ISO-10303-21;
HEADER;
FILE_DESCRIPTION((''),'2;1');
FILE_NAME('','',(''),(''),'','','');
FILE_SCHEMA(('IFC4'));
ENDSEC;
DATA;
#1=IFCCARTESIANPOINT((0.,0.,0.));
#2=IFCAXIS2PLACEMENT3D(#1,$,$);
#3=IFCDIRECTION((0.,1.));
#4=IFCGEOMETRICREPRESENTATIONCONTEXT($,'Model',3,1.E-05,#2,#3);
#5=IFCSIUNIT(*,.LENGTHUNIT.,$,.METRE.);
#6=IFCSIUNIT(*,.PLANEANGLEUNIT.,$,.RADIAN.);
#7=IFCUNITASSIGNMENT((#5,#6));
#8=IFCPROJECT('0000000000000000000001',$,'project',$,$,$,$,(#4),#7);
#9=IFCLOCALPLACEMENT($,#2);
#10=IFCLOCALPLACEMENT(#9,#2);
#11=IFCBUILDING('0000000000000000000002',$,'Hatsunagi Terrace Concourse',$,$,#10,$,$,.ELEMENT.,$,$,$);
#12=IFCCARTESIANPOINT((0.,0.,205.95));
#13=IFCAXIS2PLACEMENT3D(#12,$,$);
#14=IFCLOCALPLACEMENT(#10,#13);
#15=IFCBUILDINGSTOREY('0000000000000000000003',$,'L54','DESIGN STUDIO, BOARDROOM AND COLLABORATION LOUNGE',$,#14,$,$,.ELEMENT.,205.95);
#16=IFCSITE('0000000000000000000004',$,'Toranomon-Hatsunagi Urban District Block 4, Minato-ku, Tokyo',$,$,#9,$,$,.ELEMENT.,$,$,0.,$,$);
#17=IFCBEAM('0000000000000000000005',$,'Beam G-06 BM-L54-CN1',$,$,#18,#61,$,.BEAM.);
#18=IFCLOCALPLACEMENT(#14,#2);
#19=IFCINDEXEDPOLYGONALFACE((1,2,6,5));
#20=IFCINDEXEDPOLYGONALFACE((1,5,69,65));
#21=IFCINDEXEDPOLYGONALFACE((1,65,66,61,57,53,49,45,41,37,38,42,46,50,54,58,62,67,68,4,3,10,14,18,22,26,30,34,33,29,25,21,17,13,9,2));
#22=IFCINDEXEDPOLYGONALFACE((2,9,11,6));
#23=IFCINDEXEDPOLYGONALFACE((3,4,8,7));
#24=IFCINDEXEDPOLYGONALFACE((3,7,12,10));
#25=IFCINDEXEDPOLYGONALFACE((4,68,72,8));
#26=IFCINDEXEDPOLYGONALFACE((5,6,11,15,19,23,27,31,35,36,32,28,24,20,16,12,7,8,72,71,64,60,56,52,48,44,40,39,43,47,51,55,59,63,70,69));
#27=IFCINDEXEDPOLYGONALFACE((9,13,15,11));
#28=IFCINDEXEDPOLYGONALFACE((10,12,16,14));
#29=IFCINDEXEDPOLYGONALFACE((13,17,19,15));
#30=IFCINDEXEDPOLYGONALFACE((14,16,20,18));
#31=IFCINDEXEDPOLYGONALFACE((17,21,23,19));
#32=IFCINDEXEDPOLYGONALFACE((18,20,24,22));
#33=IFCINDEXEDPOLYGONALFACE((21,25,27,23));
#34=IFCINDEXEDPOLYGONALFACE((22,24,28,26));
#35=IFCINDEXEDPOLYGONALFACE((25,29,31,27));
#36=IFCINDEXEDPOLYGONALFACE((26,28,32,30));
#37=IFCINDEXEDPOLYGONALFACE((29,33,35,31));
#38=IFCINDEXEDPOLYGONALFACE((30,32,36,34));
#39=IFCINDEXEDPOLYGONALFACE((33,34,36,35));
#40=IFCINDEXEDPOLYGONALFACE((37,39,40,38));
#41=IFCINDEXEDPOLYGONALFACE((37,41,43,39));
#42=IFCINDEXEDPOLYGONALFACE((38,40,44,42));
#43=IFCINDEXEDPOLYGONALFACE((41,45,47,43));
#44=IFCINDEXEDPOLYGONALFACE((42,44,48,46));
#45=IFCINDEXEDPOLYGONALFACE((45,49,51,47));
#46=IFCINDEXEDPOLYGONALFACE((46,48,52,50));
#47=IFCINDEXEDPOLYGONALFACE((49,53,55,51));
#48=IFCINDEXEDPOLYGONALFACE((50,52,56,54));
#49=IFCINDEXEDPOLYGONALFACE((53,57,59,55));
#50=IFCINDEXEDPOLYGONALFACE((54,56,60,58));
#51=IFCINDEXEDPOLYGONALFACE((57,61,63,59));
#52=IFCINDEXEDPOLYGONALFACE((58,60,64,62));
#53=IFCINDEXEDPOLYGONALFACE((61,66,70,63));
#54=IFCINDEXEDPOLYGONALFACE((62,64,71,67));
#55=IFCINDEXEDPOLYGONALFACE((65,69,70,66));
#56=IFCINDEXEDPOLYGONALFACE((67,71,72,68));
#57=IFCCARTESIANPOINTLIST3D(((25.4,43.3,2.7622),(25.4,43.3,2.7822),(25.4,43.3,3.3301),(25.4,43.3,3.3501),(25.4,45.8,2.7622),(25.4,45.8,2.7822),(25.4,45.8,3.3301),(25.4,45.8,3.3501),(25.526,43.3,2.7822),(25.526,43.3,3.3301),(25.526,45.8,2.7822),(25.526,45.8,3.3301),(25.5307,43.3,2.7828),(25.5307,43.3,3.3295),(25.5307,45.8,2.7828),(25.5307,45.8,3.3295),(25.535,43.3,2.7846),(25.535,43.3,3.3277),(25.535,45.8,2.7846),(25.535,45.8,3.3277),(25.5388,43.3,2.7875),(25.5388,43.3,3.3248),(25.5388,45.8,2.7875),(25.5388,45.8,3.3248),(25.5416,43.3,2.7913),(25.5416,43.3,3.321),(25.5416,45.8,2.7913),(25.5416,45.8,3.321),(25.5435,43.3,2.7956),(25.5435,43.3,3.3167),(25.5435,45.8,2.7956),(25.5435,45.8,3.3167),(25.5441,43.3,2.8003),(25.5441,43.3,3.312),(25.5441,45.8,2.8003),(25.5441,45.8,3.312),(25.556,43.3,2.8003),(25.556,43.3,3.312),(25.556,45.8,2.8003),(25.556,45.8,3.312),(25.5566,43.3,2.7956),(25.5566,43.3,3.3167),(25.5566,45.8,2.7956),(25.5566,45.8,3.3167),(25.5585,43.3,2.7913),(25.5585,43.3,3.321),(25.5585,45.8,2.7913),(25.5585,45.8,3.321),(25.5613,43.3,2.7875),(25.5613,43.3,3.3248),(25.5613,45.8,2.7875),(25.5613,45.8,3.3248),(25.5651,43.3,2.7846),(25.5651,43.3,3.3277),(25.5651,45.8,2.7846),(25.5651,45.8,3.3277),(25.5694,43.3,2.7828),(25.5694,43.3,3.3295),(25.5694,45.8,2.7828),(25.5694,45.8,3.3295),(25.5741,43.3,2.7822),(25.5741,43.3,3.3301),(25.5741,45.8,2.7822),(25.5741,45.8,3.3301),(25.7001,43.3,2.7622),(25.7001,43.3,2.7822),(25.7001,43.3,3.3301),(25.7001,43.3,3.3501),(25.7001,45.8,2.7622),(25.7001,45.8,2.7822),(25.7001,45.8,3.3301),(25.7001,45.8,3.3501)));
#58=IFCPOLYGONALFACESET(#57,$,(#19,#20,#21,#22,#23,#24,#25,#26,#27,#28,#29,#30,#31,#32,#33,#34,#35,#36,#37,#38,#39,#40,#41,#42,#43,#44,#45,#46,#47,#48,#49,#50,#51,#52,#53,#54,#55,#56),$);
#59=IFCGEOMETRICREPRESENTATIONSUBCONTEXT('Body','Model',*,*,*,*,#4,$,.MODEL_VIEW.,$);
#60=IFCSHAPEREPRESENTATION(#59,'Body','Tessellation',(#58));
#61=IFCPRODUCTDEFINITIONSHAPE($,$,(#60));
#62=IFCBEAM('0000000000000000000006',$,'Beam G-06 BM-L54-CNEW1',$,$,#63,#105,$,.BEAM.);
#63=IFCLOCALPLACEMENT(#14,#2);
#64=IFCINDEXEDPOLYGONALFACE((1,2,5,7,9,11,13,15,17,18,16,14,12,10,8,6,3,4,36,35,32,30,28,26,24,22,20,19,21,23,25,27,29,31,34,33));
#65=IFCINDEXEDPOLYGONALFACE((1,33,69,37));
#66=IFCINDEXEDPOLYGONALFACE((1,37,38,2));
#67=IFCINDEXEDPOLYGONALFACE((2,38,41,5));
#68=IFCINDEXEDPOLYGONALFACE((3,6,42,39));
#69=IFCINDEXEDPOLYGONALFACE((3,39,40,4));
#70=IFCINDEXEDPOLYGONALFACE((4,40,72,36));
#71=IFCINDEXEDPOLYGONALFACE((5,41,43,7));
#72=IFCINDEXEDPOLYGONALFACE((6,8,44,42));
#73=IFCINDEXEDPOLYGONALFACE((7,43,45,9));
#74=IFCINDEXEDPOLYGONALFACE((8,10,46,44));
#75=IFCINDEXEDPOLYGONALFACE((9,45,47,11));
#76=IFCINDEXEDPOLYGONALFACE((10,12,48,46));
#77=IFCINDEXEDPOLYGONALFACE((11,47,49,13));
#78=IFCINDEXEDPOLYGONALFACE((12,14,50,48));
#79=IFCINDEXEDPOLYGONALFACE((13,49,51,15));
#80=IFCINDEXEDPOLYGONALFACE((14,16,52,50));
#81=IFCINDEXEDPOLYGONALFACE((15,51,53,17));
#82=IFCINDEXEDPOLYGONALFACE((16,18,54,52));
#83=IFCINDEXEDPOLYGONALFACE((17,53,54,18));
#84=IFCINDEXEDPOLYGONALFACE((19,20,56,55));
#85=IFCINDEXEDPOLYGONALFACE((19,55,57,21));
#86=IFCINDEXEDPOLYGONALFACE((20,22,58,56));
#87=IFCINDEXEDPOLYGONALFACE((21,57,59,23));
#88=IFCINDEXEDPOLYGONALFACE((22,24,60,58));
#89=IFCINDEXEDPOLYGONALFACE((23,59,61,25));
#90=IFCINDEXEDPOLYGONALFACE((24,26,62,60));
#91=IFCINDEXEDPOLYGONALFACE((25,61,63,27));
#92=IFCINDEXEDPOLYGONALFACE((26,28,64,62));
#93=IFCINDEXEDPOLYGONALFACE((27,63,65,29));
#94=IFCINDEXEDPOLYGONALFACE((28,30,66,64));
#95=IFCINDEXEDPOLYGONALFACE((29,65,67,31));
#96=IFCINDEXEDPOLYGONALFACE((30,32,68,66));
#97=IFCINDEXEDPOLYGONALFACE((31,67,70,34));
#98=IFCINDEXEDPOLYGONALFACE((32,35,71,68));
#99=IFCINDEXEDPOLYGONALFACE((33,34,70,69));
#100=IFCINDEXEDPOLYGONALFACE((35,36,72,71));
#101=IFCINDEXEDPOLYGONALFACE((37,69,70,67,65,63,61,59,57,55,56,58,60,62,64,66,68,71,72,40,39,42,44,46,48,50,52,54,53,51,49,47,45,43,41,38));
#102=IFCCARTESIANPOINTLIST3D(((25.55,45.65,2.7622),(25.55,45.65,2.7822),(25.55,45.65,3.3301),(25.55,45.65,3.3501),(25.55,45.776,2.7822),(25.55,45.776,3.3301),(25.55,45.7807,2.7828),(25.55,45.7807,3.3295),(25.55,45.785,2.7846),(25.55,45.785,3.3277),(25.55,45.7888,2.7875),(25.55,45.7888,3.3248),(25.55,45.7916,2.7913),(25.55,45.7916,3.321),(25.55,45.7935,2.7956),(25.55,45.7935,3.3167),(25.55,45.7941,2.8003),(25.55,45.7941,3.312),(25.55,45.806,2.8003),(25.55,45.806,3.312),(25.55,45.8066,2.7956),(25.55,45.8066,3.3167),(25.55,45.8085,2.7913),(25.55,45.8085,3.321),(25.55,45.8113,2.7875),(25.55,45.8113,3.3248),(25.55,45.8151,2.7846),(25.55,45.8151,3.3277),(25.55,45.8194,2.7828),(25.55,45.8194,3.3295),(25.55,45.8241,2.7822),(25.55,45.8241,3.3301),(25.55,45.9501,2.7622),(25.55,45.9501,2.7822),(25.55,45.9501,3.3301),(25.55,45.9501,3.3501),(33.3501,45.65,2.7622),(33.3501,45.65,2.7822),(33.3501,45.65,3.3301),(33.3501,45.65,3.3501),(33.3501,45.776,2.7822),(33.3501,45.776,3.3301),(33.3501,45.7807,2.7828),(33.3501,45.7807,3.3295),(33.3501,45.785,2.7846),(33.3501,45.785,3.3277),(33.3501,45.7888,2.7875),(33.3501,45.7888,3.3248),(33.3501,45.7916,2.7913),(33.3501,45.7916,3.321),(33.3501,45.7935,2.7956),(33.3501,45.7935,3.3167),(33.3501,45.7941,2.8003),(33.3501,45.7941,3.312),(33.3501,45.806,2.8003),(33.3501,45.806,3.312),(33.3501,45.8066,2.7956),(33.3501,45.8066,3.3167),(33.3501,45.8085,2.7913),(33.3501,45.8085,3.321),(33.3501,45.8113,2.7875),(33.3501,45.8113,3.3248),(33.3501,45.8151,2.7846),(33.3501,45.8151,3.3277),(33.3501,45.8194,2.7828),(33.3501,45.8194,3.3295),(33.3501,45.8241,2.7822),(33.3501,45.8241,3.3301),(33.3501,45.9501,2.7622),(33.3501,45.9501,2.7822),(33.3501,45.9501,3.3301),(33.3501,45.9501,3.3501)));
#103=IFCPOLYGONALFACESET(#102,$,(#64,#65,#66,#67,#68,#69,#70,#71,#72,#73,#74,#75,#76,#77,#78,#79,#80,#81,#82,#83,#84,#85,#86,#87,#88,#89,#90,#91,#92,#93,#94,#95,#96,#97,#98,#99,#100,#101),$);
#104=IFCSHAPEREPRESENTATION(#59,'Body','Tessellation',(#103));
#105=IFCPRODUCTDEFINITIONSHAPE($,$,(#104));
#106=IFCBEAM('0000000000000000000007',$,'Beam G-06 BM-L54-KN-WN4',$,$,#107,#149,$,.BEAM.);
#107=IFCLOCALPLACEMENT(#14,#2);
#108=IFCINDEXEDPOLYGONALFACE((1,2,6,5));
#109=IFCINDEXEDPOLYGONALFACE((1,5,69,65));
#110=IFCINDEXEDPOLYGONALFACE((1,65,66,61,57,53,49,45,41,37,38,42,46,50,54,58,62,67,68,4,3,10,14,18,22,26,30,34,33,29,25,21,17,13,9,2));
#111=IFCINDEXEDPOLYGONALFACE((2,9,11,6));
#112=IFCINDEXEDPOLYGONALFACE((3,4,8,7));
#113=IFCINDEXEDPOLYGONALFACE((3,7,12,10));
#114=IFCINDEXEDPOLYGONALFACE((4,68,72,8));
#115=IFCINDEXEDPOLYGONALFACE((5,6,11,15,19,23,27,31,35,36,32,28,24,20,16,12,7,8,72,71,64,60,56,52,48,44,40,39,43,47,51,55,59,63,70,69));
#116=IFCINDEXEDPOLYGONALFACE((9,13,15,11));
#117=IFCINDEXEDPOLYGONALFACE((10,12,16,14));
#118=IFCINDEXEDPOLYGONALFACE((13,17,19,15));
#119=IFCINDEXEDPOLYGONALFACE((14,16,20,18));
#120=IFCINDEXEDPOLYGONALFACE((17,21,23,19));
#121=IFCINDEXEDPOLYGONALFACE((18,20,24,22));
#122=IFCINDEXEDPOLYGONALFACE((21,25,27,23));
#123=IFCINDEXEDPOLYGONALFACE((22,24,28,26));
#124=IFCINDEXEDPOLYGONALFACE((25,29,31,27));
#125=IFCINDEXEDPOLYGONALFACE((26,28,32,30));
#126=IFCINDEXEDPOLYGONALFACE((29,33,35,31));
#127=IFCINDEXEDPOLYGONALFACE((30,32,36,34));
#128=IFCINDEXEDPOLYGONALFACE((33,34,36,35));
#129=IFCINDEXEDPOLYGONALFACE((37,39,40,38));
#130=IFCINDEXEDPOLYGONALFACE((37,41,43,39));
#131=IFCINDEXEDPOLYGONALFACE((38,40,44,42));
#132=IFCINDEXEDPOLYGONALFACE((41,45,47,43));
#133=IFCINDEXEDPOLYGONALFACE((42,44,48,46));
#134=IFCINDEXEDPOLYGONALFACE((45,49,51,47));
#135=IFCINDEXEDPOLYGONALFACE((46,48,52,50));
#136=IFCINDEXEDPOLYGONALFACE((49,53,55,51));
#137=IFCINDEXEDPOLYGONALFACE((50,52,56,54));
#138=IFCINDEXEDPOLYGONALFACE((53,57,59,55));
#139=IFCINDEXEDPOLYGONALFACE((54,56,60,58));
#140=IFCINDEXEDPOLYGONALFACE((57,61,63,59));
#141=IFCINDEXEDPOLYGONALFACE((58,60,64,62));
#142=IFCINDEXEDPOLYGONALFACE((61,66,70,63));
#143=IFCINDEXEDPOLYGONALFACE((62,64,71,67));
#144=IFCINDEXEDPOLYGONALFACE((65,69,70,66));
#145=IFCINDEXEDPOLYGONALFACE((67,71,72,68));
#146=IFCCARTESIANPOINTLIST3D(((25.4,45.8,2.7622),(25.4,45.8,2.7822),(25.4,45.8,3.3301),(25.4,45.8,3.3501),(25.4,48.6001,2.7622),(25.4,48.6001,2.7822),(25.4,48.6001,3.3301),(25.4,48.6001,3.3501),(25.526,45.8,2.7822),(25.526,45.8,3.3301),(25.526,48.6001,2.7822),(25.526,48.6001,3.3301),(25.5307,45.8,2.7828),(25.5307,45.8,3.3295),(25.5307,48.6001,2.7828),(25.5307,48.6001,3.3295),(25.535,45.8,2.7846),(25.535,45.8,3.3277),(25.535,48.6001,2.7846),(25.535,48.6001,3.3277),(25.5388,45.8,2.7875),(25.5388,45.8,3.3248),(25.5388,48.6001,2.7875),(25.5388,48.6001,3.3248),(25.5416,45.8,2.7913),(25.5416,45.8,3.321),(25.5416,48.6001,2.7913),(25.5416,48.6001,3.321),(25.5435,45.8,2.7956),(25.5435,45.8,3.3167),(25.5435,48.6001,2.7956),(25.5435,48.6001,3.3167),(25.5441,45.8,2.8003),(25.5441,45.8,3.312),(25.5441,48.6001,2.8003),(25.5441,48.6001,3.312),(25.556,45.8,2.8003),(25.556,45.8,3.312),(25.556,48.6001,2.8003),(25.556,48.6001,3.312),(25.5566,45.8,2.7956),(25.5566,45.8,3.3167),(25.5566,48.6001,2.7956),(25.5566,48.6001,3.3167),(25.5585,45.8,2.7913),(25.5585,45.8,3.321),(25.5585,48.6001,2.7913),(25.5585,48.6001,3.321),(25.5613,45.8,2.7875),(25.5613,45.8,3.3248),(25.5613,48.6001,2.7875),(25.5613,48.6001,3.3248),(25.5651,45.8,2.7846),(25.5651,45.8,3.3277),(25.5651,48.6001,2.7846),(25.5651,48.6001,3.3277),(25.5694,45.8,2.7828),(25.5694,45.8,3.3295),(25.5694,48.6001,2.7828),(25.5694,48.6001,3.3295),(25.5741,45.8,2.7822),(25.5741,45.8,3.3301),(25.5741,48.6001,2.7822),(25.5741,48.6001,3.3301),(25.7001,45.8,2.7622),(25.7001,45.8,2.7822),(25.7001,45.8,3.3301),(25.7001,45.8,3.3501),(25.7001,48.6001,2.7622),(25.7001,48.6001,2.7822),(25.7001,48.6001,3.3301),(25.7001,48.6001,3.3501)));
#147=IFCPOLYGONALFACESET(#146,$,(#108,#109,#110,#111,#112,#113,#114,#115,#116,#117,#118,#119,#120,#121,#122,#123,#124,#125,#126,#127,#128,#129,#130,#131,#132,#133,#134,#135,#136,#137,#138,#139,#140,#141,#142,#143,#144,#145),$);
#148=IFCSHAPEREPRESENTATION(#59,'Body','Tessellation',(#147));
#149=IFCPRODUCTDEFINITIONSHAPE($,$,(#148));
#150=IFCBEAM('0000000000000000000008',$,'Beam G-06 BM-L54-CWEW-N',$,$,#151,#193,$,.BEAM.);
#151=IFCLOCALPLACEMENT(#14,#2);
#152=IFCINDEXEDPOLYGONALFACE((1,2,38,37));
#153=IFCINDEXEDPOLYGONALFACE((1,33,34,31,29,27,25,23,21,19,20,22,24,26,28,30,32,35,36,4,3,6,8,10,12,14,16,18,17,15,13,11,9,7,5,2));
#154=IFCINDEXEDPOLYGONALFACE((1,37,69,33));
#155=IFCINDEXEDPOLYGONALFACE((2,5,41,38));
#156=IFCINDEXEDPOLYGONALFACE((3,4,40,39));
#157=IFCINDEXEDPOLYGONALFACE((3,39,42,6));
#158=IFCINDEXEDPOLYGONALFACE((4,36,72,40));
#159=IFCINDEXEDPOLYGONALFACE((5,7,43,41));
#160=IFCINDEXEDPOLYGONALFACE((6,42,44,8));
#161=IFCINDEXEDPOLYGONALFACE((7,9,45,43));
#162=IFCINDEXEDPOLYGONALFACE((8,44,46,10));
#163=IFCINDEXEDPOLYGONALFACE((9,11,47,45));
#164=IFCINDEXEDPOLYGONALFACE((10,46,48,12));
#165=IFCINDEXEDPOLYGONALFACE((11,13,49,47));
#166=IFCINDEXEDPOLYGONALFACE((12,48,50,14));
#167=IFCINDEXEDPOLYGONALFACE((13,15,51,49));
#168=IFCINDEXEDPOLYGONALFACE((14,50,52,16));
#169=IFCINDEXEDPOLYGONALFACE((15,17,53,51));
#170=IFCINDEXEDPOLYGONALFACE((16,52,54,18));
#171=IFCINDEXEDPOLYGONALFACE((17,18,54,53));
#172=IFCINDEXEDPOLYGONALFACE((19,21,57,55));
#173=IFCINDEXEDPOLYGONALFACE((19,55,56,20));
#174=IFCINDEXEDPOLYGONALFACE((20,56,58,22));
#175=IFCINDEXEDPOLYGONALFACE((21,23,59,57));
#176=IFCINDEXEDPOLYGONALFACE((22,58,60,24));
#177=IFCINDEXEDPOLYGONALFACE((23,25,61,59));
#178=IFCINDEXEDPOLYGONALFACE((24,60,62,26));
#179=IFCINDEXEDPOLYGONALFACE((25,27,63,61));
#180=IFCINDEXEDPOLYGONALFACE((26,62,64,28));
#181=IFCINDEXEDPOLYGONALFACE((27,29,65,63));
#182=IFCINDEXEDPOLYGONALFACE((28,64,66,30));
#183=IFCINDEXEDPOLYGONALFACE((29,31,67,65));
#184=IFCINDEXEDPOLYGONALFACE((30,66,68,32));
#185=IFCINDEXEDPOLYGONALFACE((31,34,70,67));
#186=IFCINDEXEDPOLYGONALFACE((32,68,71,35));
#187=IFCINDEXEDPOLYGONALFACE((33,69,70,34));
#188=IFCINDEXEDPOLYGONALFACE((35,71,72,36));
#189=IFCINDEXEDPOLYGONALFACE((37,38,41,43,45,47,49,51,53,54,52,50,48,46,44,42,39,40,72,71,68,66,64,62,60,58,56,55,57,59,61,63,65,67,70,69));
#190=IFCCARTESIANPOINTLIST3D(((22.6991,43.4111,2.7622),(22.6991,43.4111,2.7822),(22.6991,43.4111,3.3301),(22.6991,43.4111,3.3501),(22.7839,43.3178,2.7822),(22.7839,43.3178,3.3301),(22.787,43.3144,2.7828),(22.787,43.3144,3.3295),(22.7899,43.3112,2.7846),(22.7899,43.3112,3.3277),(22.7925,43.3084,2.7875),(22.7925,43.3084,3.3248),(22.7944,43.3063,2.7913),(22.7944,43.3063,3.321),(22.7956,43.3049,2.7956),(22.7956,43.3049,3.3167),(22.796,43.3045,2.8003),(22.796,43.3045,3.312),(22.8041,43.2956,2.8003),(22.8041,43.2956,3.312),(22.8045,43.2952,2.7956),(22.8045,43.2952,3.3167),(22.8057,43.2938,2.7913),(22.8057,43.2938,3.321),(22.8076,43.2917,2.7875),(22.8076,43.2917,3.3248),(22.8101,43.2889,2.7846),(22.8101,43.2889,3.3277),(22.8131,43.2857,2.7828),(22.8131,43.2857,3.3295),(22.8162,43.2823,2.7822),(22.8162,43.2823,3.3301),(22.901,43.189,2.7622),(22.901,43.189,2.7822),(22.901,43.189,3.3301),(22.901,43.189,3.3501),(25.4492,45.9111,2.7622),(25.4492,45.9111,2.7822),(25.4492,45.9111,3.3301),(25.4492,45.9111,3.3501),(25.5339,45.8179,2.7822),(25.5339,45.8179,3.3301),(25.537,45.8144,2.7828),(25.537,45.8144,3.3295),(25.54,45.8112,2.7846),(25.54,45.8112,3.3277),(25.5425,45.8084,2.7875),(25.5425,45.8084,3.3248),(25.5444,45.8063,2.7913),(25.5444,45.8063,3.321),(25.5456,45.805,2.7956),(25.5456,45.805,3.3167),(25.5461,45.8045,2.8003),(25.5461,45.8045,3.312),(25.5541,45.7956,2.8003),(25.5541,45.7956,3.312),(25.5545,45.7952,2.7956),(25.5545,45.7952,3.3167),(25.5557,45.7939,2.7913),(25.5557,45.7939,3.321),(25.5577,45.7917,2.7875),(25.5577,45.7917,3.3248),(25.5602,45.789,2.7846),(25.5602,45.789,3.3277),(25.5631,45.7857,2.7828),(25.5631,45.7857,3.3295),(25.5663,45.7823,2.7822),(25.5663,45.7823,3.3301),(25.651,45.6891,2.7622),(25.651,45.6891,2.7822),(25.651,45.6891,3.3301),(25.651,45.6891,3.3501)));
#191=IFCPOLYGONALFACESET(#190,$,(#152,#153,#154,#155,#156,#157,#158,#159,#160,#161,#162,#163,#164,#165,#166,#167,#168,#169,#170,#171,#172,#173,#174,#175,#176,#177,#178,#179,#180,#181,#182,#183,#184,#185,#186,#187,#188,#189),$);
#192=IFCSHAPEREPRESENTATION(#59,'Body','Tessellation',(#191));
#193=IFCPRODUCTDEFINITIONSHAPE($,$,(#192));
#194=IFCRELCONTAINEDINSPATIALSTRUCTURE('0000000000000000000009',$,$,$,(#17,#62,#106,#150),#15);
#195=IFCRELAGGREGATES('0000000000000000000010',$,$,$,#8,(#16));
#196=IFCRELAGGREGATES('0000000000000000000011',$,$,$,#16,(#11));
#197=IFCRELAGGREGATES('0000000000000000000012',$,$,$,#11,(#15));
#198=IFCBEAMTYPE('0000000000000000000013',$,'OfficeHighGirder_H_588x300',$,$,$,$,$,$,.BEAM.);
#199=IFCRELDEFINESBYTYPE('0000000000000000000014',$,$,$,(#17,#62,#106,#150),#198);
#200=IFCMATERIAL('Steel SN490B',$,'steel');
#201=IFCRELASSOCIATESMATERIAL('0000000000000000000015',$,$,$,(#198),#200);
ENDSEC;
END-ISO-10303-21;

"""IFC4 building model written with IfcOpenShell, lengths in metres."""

from ifc_helpers import new_model, si_unit, direction, frame, origin, origin_2d, place, context, subcontext, project, spatial, i_section, extrude, material, material_profile, profile_set, type_object, element, save


model = new_model("IFC4")

# Units and contexts
model_context = context("Model", 3, precision=1e-05, world=origin(), true_north=direction((0.0, 1.0)))
body_context = subcontext(model_context, "Body", "Model", "MODEL_VIEW")
ifc_project = project(units=[si_unit("LENGTHUNIT", "METRE"), si_unit("PLANEANGLEUNIT", "RADIAN")], contexts=[model_context])

# Site, building, storey
site_placement = place(None, origin())
site = spatial("IfcSite", under=ifc_project, at=site_placement, Name="Toranomon-Hatsunagi Urban District Block 4, Minato-ku, Tokyo", CompositionType="ELEMENT", RefElevation=0.0)
building_placement = place(site_placement, origin())
building = spatial("IfcBuilding", under=site, at=building_placement, Name="Hatsunagi Terrace Concourse", CompositionType="ELEMENT")
storey_placement = place(building_placement, frame((0.0, 0.0, 205.95)))
storey = spatial("IfcBuildingStorey", under=building, at=storey_placement, Name="L54", Description="DESIGN STUDIO, BOARDROOM AND COLLABORATION LOUNGE", CompositionType="ELEMENT", Elevation=205.95)

# Beams
ifc_material_1 = material(Name="Steel SN490B", Category="steel")
ifc_material_profile_1 = material_profile(ifc_material_1, i_section(OverallWidth=0.3, OverallDepth=0.5879, WebThickness=0.012, FlangeThickness=0.02, FilletRadius=0.0181, at=origin_2d()), Name="H-588x300x12x20")
ifc_profile_set_1 = profile_set([ifc_material_profile_1], Name="Steel SN490B")
beam_type_1 = type_object("IfcBeamType", Name="OfficeHighGirder_H_588x300", PredefinedType="BEAM", material=ifc_profile_set_1)
beam_1_placement = place(storey_placement, frame((25.55, 43.3, 3.0562), z_axis=(0.0, 1.0, 0.0), x_axis=(-1.0, 0.0, 0.0)))
element("IfcBeam", 1, at=beam_1_placement, inside=storey, type_object=beam_type_1, Name="Beam G-06 BM-L54-CN1", PredefinedType="BEAM", context=body_context, shape_type="SweptSolid", body=[
    extrude(i_section(OverallWidth=0.3, OverallDepth=0.5879, WebThickness=0.012, FlangeThickness=0.02, FilletRadius=0.0181, at=origin_2d()), origin(), (0.0, 0.0, 1.0), 2.5),
])
beam_2_placement = place(storey_placement, frame((25.55, 45.8, 3.0562), z_axis=(1.0, 0.0, 0.0), x_axis=(0.0, 1.0, 0.0)))
element("IfcBeam", 2, at=beam_2_placement, inside=storey, type_object=beam_type_1, Name="Beam G-06 BM-L54-CNEW1", PredefinedType="BEAM", context=body_context, shape_type="SweptSolid", body=[
    extrude(i_section(OverallWidth=0.3, OverallDepth=0.5879, WebThickness=0.012, FlangeThickness=0.02, FilletRadius=0.0181, at=origin_2d()), origin(), (0.0, 0.0, 1.0), 7.8),
])
beam_3_placement = place(storey_placement, frame((25.55, 45.8, 3.0562), z_axis=(0.0, 1.0, 0.0), x_axis=(-1.0, 0.0, 0.0)))
element("IfcBeam", 3, at=beam_3_placement, inside=storey, type_object=beam_type_1, Name="Beam G-06 BM-L54-KN-WN4", PredefinedType="BEAM", context=body_context, shape_type="SweptSolid", body=[
    extrude(i_section(OverallWidth=0.3, OverallDepth=0.5879, WebThickness=0.012, FlangeThickness=0.02, FilletRadius=0.0181, at=origin_2d()), origin(), (0.0, 0.0, 1.0), 2.8),
])
beam_4_placement = place(storey_placement, frame((22.8, 43.3, 3.0562), z_axis=(0.73994, 0.672673, 0.0), x_axis=(-0.672673, 0.73994, 0.0)))
element("IfcBeam", 4, at=beam_4_placement, inside=storey, type_object=beam_type_1, Name="Beam G-06 BM-L54-CWEW-N", PredefinedType="BEAM", context=body_context, shape_type="SweptSolid", body=[
    extrude(i_section(OverallWidth=0.3, OverallDepth=0.5879, WebThickness=0.012, FlangeThickness=0.02, FilletRadius=0.0181, at=origin_2d()), origin(), (0.0, 0.0, 1.0), 3.7166),
])

save(model, "model.ifc")
